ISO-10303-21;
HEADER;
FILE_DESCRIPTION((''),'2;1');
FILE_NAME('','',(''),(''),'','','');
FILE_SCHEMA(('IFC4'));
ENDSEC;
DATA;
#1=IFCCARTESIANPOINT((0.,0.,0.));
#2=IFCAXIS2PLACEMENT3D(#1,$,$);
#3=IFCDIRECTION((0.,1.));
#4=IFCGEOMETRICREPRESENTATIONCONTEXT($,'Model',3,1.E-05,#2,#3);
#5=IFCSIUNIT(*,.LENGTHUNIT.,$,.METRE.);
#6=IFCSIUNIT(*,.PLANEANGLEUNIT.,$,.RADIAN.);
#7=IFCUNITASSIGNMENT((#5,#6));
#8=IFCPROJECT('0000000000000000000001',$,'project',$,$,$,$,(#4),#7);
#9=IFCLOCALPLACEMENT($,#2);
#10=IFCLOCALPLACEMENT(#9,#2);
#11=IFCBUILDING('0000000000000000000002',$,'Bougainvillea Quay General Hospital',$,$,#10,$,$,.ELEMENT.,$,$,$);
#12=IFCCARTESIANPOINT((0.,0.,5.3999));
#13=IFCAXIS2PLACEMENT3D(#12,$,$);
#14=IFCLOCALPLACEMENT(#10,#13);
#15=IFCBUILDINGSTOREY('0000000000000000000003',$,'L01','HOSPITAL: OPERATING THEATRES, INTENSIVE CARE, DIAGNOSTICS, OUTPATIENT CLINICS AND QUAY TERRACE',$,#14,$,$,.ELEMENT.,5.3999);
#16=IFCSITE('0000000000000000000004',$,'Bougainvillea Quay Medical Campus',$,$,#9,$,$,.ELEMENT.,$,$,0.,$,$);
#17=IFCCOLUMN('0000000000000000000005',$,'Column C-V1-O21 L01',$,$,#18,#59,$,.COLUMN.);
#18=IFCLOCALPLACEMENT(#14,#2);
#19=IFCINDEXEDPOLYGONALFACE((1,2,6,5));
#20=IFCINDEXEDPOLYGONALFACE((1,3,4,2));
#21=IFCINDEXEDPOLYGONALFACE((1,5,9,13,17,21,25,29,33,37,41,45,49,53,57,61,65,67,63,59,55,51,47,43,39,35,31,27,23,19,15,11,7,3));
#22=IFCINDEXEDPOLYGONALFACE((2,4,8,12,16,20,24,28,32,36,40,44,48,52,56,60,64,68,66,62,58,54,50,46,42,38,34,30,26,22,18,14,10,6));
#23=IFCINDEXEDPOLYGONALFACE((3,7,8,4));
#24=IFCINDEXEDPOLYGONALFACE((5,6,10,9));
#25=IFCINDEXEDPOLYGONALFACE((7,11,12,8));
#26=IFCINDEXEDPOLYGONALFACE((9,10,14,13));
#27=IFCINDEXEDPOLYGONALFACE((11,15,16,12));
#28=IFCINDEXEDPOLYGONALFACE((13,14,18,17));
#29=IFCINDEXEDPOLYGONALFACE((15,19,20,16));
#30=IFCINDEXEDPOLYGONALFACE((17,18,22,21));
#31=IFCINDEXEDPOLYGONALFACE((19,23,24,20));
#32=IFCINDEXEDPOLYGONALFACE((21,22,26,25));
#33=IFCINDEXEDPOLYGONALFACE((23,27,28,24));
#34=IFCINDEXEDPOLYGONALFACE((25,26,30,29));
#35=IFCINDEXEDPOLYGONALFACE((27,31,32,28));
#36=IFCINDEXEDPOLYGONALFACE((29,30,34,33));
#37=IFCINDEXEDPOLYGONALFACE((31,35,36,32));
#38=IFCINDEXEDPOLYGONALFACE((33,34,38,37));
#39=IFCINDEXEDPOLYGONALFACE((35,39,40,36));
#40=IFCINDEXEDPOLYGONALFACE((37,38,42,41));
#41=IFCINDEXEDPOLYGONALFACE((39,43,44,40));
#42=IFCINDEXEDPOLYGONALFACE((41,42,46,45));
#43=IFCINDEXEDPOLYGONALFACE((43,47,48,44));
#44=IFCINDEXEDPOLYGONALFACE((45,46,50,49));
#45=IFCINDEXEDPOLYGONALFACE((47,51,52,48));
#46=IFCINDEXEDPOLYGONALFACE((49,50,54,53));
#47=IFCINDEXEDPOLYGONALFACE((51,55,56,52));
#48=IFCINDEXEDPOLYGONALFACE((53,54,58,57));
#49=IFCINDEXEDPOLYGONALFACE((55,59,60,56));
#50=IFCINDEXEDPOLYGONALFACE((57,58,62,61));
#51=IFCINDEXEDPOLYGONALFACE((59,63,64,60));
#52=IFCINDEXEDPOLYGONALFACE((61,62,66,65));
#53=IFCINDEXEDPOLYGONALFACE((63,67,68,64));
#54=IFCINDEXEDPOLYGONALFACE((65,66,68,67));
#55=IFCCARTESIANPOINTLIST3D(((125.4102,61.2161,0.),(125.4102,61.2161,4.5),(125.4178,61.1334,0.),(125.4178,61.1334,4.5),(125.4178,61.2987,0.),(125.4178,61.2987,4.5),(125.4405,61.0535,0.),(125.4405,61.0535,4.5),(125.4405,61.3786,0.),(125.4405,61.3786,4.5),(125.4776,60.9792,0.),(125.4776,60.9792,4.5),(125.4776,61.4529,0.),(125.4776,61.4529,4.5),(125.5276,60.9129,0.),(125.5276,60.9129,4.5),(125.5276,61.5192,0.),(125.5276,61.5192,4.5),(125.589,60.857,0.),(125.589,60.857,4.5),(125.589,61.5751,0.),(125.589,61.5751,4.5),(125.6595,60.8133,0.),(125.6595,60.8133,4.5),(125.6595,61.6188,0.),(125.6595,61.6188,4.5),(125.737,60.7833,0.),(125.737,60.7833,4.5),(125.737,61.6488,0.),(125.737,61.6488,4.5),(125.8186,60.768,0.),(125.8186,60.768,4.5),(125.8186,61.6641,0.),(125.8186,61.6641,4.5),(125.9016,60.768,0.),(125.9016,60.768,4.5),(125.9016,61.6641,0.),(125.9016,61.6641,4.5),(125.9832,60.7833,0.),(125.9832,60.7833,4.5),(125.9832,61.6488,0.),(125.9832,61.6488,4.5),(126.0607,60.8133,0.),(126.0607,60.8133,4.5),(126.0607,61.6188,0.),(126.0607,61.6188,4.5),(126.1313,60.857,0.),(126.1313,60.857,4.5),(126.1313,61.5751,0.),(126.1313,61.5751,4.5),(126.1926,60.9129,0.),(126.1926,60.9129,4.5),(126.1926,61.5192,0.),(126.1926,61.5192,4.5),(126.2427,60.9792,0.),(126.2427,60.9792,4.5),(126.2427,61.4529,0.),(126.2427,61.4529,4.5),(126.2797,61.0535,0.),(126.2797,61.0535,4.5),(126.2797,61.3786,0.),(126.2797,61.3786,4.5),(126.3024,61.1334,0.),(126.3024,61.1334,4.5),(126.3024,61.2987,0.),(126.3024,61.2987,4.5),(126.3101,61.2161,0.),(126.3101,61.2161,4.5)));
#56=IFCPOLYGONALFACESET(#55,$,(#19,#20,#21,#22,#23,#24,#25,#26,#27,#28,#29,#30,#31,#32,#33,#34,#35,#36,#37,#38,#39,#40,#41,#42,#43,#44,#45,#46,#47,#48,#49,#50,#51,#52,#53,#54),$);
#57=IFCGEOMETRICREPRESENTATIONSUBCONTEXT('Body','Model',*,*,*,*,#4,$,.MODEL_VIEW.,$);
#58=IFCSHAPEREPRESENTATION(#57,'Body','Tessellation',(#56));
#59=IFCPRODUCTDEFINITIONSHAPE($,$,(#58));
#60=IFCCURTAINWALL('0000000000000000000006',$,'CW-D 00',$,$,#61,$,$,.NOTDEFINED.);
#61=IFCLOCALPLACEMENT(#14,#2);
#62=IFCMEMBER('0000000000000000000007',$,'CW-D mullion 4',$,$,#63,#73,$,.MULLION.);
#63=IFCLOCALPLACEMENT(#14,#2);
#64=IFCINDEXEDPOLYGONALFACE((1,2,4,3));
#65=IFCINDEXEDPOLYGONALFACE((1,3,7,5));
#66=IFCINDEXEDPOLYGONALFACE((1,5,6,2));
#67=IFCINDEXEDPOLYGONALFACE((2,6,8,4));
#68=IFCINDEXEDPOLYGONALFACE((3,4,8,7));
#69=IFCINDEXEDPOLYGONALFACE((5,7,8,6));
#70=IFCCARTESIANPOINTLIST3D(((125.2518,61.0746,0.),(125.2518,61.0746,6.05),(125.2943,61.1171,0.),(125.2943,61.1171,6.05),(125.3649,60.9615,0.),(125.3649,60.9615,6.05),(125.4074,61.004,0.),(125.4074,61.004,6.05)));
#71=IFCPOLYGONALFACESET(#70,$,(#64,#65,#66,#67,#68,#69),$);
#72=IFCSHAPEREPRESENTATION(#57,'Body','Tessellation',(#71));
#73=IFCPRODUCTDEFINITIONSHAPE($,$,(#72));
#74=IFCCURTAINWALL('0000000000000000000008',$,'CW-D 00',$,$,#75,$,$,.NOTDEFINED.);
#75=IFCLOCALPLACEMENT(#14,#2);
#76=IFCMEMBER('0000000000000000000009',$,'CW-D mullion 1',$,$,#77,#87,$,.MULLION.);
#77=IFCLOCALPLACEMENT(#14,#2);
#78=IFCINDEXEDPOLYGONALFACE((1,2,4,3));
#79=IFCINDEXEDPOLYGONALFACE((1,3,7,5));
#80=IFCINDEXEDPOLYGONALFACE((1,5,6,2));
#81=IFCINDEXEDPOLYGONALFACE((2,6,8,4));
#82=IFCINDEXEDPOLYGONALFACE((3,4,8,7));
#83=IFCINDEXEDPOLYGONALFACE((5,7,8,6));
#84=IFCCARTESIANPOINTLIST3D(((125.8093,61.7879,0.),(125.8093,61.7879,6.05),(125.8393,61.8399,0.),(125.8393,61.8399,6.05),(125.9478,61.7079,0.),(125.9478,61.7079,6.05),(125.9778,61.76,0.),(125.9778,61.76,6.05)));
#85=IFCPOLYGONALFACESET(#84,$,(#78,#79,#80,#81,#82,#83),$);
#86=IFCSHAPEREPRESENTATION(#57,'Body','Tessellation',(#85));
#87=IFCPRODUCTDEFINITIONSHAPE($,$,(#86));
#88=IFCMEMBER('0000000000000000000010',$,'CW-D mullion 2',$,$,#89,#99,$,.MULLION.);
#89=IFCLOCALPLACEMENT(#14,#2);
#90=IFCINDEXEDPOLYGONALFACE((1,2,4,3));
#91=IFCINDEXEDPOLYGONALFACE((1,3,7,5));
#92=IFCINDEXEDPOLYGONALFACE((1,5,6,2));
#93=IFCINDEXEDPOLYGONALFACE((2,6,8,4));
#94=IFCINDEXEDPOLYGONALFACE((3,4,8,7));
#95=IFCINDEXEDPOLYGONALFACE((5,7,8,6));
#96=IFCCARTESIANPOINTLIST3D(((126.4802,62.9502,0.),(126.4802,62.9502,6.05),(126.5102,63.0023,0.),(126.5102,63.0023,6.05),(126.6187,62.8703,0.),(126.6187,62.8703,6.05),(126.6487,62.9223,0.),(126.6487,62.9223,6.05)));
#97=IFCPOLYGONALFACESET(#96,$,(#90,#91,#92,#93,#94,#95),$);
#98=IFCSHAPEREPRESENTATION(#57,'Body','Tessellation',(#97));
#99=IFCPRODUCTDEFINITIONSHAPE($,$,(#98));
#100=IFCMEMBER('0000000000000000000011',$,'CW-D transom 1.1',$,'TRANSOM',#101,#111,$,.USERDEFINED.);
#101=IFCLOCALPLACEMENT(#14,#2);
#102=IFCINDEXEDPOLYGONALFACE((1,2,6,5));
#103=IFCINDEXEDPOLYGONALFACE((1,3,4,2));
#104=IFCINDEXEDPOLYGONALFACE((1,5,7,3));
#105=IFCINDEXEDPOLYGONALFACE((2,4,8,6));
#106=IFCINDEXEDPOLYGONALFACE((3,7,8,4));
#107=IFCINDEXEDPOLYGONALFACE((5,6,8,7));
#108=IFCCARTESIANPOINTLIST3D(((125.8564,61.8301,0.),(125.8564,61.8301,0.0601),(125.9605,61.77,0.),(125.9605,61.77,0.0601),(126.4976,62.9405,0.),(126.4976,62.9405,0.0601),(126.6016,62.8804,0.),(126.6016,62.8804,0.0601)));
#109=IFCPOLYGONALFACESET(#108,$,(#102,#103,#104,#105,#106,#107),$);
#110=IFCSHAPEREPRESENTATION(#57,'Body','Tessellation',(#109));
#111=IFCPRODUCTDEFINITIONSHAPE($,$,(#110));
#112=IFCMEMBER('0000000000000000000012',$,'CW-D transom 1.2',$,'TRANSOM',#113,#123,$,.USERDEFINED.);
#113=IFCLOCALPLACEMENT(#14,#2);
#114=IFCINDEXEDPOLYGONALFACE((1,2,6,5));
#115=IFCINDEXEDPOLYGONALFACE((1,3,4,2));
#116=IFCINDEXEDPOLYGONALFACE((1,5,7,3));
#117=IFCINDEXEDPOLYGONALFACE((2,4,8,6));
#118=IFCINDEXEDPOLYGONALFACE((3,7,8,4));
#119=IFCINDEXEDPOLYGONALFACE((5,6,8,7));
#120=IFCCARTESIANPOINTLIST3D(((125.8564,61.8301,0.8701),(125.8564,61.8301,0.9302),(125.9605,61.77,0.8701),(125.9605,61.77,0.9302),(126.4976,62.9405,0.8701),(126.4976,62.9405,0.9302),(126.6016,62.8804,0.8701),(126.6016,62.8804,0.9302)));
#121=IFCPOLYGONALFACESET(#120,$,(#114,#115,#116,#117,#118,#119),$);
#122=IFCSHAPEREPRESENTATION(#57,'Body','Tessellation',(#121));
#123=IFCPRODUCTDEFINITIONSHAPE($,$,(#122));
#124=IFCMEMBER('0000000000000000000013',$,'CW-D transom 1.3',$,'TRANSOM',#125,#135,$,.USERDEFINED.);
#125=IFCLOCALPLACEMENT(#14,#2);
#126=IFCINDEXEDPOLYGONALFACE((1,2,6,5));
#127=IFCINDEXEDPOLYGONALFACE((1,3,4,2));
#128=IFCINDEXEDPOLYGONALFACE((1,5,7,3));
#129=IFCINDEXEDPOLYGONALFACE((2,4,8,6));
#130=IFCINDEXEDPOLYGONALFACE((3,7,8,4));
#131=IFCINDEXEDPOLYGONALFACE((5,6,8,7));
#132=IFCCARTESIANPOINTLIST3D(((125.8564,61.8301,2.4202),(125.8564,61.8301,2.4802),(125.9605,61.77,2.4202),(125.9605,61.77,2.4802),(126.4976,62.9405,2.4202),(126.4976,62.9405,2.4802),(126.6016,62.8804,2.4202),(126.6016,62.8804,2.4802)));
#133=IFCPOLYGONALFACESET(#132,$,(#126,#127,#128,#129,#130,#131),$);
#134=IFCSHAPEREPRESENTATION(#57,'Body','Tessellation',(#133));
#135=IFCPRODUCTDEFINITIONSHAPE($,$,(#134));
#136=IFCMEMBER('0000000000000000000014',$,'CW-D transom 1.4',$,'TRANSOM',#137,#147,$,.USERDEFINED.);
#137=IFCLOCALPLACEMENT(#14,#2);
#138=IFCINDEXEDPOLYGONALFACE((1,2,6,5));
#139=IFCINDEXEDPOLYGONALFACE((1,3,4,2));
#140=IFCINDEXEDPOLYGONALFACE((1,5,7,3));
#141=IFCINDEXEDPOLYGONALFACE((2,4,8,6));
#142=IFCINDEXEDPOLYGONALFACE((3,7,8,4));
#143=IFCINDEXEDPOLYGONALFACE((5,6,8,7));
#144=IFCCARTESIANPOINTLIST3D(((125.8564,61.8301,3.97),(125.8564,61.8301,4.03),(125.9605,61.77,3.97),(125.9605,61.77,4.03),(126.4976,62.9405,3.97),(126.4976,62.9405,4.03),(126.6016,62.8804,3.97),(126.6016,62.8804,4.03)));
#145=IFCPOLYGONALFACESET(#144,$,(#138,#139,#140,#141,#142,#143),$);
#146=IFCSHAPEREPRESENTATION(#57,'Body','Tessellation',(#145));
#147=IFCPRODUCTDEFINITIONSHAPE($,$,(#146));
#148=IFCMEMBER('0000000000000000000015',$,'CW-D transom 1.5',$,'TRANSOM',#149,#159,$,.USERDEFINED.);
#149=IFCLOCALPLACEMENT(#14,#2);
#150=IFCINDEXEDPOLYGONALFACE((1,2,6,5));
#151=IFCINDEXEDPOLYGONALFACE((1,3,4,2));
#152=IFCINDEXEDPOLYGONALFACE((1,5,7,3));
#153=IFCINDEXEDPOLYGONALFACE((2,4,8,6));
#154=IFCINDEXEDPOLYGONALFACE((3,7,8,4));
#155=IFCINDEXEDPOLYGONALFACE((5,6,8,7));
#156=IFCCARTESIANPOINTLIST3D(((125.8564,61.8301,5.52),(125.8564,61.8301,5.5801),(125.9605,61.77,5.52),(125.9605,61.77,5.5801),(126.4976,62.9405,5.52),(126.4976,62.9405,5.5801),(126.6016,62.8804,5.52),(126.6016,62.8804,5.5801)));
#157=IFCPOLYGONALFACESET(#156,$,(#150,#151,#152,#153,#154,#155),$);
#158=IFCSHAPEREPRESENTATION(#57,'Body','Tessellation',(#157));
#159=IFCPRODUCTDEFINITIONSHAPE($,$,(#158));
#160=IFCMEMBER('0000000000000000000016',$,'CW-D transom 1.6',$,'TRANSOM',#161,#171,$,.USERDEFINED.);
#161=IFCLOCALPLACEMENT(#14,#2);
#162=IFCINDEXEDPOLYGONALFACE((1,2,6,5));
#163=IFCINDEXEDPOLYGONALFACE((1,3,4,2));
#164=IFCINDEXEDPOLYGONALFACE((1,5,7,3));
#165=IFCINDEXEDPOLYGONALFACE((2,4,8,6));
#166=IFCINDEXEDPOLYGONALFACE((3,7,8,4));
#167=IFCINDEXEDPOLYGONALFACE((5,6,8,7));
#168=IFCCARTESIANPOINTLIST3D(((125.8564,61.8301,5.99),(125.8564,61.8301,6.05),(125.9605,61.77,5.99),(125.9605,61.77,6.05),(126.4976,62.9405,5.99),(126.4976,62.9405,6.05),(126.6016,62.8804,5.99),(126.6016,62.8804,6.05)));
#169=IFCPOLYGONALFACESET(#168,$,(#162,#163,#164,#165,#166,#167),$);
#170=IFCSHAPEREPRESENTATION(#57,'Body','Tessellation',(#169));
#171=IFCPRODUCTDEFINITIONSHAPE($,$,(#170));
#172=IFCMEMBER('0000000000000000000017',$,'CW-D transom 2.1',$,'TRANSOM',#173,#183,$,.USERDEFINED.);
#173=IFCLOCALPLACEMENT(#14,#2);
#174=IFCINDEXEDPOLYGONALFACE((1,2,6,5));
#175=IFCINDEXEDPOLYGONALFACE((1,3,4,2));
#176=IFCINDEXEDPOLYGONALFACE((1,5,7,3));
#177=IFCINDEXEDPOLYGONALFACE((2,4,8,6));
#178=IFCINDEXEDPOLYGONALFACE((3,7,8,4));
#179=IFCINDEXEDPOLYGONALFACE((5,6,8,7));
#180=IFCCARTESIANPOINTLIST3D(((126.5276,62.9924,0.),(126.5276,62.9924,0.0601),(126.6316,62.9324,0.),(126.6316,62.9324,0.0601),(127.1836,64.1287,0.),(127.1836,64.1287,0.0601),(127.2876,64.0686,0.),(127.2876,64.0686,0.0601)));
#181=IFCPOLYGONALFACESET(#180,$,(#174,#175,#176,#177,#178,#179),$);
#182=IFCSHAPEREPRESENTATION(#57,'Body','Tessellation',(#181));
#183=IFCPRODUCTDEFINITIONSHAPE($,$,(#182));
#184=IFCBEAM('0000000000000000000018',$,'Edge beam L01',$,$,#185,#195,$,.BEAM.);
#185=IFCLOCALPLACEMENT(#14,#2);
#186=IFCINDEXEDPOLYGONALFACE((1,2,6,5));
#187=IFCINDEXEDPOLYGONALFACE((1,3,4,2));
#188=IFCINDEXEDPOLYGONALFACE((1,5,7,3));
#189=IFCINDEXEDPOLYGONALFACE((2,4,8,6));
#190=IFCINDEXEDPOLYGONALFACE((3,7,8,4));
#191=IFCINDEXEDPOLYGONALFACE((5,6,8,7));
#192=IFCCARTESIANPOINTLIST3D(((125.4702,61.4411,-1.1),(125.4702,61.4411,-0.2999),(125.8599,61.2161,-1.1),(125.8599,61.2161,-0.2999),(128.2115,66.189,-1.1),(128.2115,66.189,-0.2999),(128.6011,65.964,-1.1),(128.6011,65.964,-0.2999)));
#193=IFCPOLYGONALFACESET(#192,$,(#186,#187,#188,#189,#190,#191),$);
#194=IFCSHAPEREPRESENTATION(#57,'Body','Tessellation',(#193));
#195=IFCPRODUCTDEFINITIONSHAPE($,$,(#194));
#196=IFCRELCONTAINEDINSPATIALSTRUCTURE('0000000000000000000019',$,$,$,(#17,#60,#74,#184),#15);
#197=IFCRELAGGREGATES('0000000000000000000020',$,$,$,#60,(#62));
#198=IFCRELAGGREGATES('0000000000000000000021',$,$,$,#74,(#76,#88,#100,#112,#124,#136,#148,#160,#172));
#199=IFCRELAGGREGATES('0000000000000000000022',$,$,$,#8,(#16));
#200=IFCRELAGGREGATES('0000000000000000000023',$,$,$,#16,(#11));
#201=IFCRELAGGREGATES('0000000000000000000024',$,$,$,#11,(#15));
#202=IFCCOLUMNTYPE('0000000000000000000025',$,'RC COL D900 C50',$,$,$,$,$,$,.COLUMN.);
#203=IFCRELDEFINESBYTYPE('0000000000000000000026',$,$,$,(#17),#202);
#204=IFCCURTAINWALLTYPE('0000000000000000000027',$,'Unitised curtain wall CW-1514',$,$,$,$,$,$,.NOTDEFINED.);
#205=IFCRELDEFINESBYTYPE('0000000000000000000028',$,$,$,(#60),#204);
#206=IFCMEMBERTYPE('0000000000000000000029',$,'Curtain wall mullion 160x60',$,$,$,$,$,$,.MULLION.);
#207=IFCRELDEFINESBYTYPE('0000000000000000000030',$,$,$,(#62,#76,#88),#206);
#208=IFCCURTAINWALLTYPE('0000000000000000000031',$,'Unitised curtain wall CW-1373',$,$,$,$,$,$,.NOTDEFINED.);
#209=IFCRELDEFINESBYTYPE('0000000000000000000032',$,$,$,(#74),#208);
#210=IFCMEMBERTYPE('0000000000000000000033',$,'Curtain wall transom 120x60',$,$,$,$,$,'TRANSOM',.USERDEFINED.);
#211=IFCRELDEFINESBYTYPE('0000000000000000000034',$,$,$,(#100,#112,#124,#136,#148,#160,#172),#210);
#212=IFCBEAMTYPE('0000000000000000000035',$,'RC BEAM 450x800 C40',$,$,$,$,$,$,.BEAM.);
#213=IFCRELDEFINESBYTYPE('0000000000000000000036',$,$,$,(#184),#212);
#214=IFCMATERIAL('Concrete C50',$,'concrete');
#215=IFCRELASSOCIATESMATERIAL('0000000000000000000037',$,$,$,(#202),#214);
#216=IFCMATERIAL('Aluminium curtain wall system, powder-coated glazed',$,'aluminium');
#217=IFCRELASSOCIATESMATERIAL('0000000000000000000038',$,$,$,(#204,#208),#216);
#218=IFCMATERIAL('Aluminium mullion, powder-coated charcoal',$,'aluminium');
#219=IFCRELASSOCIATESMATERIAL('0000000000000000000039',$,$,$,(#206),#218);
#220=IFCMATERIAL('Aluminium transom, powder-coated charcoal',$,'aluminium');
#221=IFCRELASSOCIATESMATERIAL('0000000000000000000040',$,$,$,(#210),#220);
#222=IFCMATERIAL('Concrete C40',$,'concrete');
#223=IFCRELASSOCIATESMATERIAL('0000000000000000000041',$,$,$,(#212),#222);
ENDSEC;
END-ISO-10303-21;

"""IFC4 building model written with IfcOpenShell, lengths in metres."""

from ifc_helpers import new_model, si_unit, direction, frame, origin, origin_2d, place, context, subcontext, project, spatial, rectangle, circle, extrude, material, material_profile, profile_set, type_object, element, aggregate, save


model = new_model("IFC4")

# Units and contexts
model_context = context("Model", 3, precision=1e-05, world=origin(), true_north=direction((0.0, 1.0)))
body_context = subcontext(model_context, "Body", "Model", "MODEL_VIEW")
ifc_project = project(units=[si_unit("LENGTHUNIT", "METRE"), si_unit("PLANEANGLEUNIT", "RADIAN")], contexts=[model_context])

# Site, building, storey
site_placement = place(None, origin())
site = spatial("IfcSite", under=ifc_project, at=site_placement, Name="Bougainvillea Quay Medical Campus", CompositionType="ELEMENT", RefElevation=0.0)
building_placement = place(site_placement, origin())
building = spatial("IfcBuilding", under=site, at=building_placement, Name="Bougainvillea Quay General Hospital", CompositionType="ELEMENT")
storey_placement = place(building_placement, frame((0.0, 0.0, 5.3999)))
storey = spatial("IfcBuildingStorey", under=building, at=storey_placement, Name="L01", Description="HOSPITAL: OPERATING THEATRES, INTENSIVE CARE, DIAGNOSTICS, OUTPATIENT CLINICS AND QUAY TERRACE", CompositionType="ELEMENT", Elevation=5.3999)

# Column
ifc_material_1 = material(Name="Concrete C50", Category="concrete")
ifc_material_profile_1 = material_profile(ifc_material_1, circle(Radius=0.45, at=origin_2d()))
ifc_profile_set_1 = profile_set([ifc_material_profile_1], Name="Concrete C50")
column_type = type_object("IfcColumnType", Name="RC COL D900 C50", PredefinedType="COLUMN", material=ifc_profile_set_1)
column_placement = place(storey_placement, frame((125.8601, 61.2161, 0.0), z_axis=(0.0, 0.0, 1.0), x_axis=(1.0, 0.0, 0.0)))
element("IfcColumn", 1, at=column_placement, inside=storey, type_object=column_type, Name="Column C-V1-O21 L01", PredefinedType="COLUMN", context=body_context, shape_type="SweptSolid", body=[
    extrude(circle(Radius=0.45, at=origin_2d()), origin(), (0.0, 0.0, 1.0), 4.5),
])

# Curtain wall, member
ifc_material_2 = material(Name="Aluminium curtain wall system, powder-coated glazed", Category="aluminium")
curtain_wall_type_1 = type_object("IfcCurtainWallType", Name="Unitised curtain wall CW-1514", PredefinedType="NOTDEFINED", material=ifc_material_2)
curtain_wall_1_placement = place(storey_placement, origin())
curtain_wall_1 = element("IfcCurtainWall", 2, at=curtain_wall_1_placement, inside=storey, type_object=curtain_wall_type_1, Name="CW-D 00", PredefinedType="NOTDEFINED")
ifc_material_3 = material(Name="Aluminium mullion, powder-coated charcoal", Category="aluminium")
ifc_material_profile_2 = material_profile(ifc_material_3, rectangle(XDim=0.1599, YDim=0.0601, at=origin_2d()))
ifc_profile_set_2 = profile_set([ifc_material_profile_2], Name="Aluminium mullion, powder-coated charcoal")
member_type_1 = type_object("IfcMemberType", Name="Curtain wall mullion 160x60", PredefinedType="MULLION", material=ifc_profile_set_2)
member_1_placement = place(storey_placement, frame((125.3296, 61.0393, 0.0), z_axis=(0.0, 0.0, 1.0), x_axis=(-0.707107, 0.707107, 0.0)))
member_1 = element("IfcMember", 3, at=member_1_placement, type_object=member_type_1, Name="CW-D mullion 4", PredefinedType="MULLION", context=body_context, shape_type="SweptSolid", body=[
    extrude(rectangle(XDim=0.1599, YDim=0.0601, at=origin_2d()), origin(), (0.0, 0.0, 1.0), 6.05),
])
aggregate(curtain_wall_1, [member_1])

# Curtain wall, members
curtain_wall_type_2 = type_object("IfcCurtainWallType", Name="Unitised curtain wall CW-1373", PredefinedType="NOTDEFINED", material=ifc_material_2)
curtain_wall_2_placement = place(storey_placement, origin())
curtain_wall_2 = element("IfcCurtainWall", 4, at=curtain_wall_2_placement, inside=storey, type_object=curtain_wall_type_2, Name="CW-D 00", PredefinedType="NOTDEFINED")
member_2_placement = place(storey_placement, frame((125.8936, 61.7739, 0.0), z_axis=(0.0, 0.0, 1.0), x_axis=(-0.866048, 0.499962, 0.0)))
member_2 = element("IfcMember", 5, at=member_2_placement, type_object=member_type_1, Name="CW-D mullion 1", PredefinedType="MULLION", context=body_context, shape_type="SweptSolid", body=[
    extrude(rectangle(XDim=0.1599, YDim=0.0601, at=origin_2d()), origin(), (0.0, 0.0, 1.0), 6.05),
])
member_3_placement = place(storey_placement, frame((126.5645, 62.9363, 0.0), z_axis=(0.0, 0.0, 1.0), x_axis=(-0.866048, 0.499962, 0.0)))
member_3 = element("IfcMember", 6, at=member_3_placement, type_object=member_type_1, Name="CW-D mullion 2", PredefinedType="MULLION", context=body_context, shape_type="SweptSolid", body=[
    extrude(rectangle(XDim=0.1599, YDim=0.0601, at=origin_2d()), origin(), (0.0, 0.0, 1.0), 6.05),
])
ifc_material_4 = material(Name="Aluminium transom, powder-coated charcoal", Category="aluminium")
ifc_material_profile_3 = material_profile(ifc_material_4, rectangle(XDim=0.1201, YDim=0.0601, at=origin_2d()))
ifc_profile_set_3 = profile_set([ifc_material_profile_3], Name="Aluminium transom, powder-coated charcoal")
member_type_2 = type_object("IfcMemberType", Name="Curtain wall transom 120x60", ElementType="TRANSOM", PredefinedType="USERDEFINED", material=ifc_profile_set_3)
member_4_placement = place(storey_placement, frame((125.9084, 61.8, 0.03), z_axis=(0.50003, 0.866008, 0.0), x_axis=(-0.866008, 0.50003, 0.0)))
member_4 = element("IfcMember", 7, at=member_4_placement, type_object=member_type_2, Name="CW-D transom 1.1", ObjectType="TRANSOM", PredefinedType="USERDEFINED", context=body_context, shape_type="SweptSolid", body=[
    extrude(rectangle(XDim=0.1201, YDim=0.0601, at=origin_2d()), origin(), (0.0, 0.0, 1.0), 1.2822),
])
member_5_placement = place(storey_placement, frame((125.9084, 61.8, 0.9001), z_axis=(0.50003, 0.866008, 0.0), x_axis=(-0.866008, 0.50003, 0.0)))
member_5 = element("IfcMember", 8, at=member_5_placement, type_object=member_type_2, Name="CW-D transom 1.2", ObjectType="TRANSOM", PredefinedType="USERDEFINED", context=body_context, shape_type="SweptSolid", body=[
    extrude(rectangle(XDim=0.1201, YDim=0.0601, at=origin_2d()), origin(), (0.0, 0.0, 1.0), 1.2822),
])
member_6_placement = place(storey_placement, frame((125.9084, 61.8, 2.4502), z_axis=(0.50003, 0.866008, 0.0), x_axis=(-0.866008, 0.50003, 0.0)))
member_6 = element("IfcMember", 9, at=member_6_placement, type_object=member_type_2, Name="CW-D transom 1.3", ObjectType="TRANSOM", PredefinedType="USERDEFINED", context=body_context, shape_type="SweptSolid", body=[
    extrude(rectangle(XDim=0.1201, YDim=0.0601, at=origin_2d()), origin(), (0.0, 0.0, 1.0), 1.2822),
])
member_7_placement = place(storey_placement, frame((125.9084, 61.8, 4.0), z_axis=(0.50003, 0.866008, 0.0), x_axis=(-0.866008, 0.50003, 0.0)))
member_7 = element("IfcMember", 10, at=member_7_placement, type_object=member_type_2, Name="CW-D transom 1.4", ObjectType="TRANSOM", PredefinedType="USERDEFINED", context=body_context, shape_type="SweptSolid", body=[
    extrude(rectangle(XDim=0.1201, YDim=0.0601, at=origin_2d()), origin(), (0.0, 0.0, 1.0), 1.2822),
])
member_8_placement = place(storey_placement, frame((125.9084, 61.8, 5.55), z_axis=(0.50003, 0.866008, 0.0), x_axis=(-0.866008, 0.50003, 0.0)))
member_8 = element("IfcMember", 11, at=member_8_placement, type_object=member_type_2, Name="CW-D transom 1.5", ObjectType="TRANSOM", PredefinedType="USERDEFINED", context=body_context, shape_type="SweptSolid", body=[
    extrude(rectangle(XDim=0.1201, YDim=0.0601, at=origin_2d()), origin(), (0.0, 0.0, 1.0), 1.2822),
])
member_9_placement = place(storey_placement, frame((125.9084, 61.8, 6.02), z_axis=(0.50003, 0.866008, 0.0), x_axis=(-0.866008, 0.50003, 0.0)))
member_9 = element("IfcMember", 12, at=member_9_placement, type_object=member_type_2, Name="CW-D transom 1.6", ObjectType="TRANSOM", PredefinedType="USERDEFINED", context=body_context, shape_type="SweptSolid", body=[
    extrude(rectangle(XDim=0.1201, YDim=0.0601, at=origin_2d()), origin(), (0.0, 0.0, 1.0), 1.2822),
])
member_10_placement = place(storey_placement, frame((126.5796, 62.9624, 0.03), z_axis=(0.500002, 0.866024, 0.0), x_axis=(-0.866024, 0.500002, 0.0)))
member_10 = element("IfcMember", 13, at=member_10_placement, type_object=member_type_2, Name="CW-D transom 2.1", ObjectType="TRANSOM", PredefinedType="USERDEFINED", context=body_context, shape_type="SweptSolid", body=[
    extrude(rectangle(XDim=0.1201, YDim=0.0601, at=origin_2d()), origin(), (0.0, 0.0, 1.0), 1.312),
])

# Beam
ifc_material_5 = material(Name="Concrete C40", Category="concrete")
ifc_material_profile_4 = material_profile(ifc_material_5, rectangle(XDim=0.45, YDim=0.8, at=origin_2d()))
ifc_profile_set_4 = profile_set([ifc_material_profile_4], Name="Concrete C40")
beam_type = type_object("IfcBeamType", Name="RC BEAM 450x800 C40", PredefinedType="BEAM", material=ifc_profile_set_4)
beam_placement = place(storey_placement, frame((125.665, 61.3286, -0.7), z_axis=(0.500009, 0.86602, 0.0), x_axis=(-0.86602, 0.500009, 0.0)))
element("IfcBeam", 14, at=beam_placement, inside=storey, type_object=beam_type, Name="Edge beam L01", PredefinedType="BEAM", context=body_context, shape_type="SweptSolid", body=[
    extrude(rectangle(XDim=0.45, YDim=0.8, at=origin_2d()), origin(), (0.0, 0.0, 1.0), 5.4824),
])

aggregate(curtain_wall_2, [member_2, member_3, member_4, member_5, member_6, member_7, member_8, member_9, member_10])

save(model, "model.ifc")
